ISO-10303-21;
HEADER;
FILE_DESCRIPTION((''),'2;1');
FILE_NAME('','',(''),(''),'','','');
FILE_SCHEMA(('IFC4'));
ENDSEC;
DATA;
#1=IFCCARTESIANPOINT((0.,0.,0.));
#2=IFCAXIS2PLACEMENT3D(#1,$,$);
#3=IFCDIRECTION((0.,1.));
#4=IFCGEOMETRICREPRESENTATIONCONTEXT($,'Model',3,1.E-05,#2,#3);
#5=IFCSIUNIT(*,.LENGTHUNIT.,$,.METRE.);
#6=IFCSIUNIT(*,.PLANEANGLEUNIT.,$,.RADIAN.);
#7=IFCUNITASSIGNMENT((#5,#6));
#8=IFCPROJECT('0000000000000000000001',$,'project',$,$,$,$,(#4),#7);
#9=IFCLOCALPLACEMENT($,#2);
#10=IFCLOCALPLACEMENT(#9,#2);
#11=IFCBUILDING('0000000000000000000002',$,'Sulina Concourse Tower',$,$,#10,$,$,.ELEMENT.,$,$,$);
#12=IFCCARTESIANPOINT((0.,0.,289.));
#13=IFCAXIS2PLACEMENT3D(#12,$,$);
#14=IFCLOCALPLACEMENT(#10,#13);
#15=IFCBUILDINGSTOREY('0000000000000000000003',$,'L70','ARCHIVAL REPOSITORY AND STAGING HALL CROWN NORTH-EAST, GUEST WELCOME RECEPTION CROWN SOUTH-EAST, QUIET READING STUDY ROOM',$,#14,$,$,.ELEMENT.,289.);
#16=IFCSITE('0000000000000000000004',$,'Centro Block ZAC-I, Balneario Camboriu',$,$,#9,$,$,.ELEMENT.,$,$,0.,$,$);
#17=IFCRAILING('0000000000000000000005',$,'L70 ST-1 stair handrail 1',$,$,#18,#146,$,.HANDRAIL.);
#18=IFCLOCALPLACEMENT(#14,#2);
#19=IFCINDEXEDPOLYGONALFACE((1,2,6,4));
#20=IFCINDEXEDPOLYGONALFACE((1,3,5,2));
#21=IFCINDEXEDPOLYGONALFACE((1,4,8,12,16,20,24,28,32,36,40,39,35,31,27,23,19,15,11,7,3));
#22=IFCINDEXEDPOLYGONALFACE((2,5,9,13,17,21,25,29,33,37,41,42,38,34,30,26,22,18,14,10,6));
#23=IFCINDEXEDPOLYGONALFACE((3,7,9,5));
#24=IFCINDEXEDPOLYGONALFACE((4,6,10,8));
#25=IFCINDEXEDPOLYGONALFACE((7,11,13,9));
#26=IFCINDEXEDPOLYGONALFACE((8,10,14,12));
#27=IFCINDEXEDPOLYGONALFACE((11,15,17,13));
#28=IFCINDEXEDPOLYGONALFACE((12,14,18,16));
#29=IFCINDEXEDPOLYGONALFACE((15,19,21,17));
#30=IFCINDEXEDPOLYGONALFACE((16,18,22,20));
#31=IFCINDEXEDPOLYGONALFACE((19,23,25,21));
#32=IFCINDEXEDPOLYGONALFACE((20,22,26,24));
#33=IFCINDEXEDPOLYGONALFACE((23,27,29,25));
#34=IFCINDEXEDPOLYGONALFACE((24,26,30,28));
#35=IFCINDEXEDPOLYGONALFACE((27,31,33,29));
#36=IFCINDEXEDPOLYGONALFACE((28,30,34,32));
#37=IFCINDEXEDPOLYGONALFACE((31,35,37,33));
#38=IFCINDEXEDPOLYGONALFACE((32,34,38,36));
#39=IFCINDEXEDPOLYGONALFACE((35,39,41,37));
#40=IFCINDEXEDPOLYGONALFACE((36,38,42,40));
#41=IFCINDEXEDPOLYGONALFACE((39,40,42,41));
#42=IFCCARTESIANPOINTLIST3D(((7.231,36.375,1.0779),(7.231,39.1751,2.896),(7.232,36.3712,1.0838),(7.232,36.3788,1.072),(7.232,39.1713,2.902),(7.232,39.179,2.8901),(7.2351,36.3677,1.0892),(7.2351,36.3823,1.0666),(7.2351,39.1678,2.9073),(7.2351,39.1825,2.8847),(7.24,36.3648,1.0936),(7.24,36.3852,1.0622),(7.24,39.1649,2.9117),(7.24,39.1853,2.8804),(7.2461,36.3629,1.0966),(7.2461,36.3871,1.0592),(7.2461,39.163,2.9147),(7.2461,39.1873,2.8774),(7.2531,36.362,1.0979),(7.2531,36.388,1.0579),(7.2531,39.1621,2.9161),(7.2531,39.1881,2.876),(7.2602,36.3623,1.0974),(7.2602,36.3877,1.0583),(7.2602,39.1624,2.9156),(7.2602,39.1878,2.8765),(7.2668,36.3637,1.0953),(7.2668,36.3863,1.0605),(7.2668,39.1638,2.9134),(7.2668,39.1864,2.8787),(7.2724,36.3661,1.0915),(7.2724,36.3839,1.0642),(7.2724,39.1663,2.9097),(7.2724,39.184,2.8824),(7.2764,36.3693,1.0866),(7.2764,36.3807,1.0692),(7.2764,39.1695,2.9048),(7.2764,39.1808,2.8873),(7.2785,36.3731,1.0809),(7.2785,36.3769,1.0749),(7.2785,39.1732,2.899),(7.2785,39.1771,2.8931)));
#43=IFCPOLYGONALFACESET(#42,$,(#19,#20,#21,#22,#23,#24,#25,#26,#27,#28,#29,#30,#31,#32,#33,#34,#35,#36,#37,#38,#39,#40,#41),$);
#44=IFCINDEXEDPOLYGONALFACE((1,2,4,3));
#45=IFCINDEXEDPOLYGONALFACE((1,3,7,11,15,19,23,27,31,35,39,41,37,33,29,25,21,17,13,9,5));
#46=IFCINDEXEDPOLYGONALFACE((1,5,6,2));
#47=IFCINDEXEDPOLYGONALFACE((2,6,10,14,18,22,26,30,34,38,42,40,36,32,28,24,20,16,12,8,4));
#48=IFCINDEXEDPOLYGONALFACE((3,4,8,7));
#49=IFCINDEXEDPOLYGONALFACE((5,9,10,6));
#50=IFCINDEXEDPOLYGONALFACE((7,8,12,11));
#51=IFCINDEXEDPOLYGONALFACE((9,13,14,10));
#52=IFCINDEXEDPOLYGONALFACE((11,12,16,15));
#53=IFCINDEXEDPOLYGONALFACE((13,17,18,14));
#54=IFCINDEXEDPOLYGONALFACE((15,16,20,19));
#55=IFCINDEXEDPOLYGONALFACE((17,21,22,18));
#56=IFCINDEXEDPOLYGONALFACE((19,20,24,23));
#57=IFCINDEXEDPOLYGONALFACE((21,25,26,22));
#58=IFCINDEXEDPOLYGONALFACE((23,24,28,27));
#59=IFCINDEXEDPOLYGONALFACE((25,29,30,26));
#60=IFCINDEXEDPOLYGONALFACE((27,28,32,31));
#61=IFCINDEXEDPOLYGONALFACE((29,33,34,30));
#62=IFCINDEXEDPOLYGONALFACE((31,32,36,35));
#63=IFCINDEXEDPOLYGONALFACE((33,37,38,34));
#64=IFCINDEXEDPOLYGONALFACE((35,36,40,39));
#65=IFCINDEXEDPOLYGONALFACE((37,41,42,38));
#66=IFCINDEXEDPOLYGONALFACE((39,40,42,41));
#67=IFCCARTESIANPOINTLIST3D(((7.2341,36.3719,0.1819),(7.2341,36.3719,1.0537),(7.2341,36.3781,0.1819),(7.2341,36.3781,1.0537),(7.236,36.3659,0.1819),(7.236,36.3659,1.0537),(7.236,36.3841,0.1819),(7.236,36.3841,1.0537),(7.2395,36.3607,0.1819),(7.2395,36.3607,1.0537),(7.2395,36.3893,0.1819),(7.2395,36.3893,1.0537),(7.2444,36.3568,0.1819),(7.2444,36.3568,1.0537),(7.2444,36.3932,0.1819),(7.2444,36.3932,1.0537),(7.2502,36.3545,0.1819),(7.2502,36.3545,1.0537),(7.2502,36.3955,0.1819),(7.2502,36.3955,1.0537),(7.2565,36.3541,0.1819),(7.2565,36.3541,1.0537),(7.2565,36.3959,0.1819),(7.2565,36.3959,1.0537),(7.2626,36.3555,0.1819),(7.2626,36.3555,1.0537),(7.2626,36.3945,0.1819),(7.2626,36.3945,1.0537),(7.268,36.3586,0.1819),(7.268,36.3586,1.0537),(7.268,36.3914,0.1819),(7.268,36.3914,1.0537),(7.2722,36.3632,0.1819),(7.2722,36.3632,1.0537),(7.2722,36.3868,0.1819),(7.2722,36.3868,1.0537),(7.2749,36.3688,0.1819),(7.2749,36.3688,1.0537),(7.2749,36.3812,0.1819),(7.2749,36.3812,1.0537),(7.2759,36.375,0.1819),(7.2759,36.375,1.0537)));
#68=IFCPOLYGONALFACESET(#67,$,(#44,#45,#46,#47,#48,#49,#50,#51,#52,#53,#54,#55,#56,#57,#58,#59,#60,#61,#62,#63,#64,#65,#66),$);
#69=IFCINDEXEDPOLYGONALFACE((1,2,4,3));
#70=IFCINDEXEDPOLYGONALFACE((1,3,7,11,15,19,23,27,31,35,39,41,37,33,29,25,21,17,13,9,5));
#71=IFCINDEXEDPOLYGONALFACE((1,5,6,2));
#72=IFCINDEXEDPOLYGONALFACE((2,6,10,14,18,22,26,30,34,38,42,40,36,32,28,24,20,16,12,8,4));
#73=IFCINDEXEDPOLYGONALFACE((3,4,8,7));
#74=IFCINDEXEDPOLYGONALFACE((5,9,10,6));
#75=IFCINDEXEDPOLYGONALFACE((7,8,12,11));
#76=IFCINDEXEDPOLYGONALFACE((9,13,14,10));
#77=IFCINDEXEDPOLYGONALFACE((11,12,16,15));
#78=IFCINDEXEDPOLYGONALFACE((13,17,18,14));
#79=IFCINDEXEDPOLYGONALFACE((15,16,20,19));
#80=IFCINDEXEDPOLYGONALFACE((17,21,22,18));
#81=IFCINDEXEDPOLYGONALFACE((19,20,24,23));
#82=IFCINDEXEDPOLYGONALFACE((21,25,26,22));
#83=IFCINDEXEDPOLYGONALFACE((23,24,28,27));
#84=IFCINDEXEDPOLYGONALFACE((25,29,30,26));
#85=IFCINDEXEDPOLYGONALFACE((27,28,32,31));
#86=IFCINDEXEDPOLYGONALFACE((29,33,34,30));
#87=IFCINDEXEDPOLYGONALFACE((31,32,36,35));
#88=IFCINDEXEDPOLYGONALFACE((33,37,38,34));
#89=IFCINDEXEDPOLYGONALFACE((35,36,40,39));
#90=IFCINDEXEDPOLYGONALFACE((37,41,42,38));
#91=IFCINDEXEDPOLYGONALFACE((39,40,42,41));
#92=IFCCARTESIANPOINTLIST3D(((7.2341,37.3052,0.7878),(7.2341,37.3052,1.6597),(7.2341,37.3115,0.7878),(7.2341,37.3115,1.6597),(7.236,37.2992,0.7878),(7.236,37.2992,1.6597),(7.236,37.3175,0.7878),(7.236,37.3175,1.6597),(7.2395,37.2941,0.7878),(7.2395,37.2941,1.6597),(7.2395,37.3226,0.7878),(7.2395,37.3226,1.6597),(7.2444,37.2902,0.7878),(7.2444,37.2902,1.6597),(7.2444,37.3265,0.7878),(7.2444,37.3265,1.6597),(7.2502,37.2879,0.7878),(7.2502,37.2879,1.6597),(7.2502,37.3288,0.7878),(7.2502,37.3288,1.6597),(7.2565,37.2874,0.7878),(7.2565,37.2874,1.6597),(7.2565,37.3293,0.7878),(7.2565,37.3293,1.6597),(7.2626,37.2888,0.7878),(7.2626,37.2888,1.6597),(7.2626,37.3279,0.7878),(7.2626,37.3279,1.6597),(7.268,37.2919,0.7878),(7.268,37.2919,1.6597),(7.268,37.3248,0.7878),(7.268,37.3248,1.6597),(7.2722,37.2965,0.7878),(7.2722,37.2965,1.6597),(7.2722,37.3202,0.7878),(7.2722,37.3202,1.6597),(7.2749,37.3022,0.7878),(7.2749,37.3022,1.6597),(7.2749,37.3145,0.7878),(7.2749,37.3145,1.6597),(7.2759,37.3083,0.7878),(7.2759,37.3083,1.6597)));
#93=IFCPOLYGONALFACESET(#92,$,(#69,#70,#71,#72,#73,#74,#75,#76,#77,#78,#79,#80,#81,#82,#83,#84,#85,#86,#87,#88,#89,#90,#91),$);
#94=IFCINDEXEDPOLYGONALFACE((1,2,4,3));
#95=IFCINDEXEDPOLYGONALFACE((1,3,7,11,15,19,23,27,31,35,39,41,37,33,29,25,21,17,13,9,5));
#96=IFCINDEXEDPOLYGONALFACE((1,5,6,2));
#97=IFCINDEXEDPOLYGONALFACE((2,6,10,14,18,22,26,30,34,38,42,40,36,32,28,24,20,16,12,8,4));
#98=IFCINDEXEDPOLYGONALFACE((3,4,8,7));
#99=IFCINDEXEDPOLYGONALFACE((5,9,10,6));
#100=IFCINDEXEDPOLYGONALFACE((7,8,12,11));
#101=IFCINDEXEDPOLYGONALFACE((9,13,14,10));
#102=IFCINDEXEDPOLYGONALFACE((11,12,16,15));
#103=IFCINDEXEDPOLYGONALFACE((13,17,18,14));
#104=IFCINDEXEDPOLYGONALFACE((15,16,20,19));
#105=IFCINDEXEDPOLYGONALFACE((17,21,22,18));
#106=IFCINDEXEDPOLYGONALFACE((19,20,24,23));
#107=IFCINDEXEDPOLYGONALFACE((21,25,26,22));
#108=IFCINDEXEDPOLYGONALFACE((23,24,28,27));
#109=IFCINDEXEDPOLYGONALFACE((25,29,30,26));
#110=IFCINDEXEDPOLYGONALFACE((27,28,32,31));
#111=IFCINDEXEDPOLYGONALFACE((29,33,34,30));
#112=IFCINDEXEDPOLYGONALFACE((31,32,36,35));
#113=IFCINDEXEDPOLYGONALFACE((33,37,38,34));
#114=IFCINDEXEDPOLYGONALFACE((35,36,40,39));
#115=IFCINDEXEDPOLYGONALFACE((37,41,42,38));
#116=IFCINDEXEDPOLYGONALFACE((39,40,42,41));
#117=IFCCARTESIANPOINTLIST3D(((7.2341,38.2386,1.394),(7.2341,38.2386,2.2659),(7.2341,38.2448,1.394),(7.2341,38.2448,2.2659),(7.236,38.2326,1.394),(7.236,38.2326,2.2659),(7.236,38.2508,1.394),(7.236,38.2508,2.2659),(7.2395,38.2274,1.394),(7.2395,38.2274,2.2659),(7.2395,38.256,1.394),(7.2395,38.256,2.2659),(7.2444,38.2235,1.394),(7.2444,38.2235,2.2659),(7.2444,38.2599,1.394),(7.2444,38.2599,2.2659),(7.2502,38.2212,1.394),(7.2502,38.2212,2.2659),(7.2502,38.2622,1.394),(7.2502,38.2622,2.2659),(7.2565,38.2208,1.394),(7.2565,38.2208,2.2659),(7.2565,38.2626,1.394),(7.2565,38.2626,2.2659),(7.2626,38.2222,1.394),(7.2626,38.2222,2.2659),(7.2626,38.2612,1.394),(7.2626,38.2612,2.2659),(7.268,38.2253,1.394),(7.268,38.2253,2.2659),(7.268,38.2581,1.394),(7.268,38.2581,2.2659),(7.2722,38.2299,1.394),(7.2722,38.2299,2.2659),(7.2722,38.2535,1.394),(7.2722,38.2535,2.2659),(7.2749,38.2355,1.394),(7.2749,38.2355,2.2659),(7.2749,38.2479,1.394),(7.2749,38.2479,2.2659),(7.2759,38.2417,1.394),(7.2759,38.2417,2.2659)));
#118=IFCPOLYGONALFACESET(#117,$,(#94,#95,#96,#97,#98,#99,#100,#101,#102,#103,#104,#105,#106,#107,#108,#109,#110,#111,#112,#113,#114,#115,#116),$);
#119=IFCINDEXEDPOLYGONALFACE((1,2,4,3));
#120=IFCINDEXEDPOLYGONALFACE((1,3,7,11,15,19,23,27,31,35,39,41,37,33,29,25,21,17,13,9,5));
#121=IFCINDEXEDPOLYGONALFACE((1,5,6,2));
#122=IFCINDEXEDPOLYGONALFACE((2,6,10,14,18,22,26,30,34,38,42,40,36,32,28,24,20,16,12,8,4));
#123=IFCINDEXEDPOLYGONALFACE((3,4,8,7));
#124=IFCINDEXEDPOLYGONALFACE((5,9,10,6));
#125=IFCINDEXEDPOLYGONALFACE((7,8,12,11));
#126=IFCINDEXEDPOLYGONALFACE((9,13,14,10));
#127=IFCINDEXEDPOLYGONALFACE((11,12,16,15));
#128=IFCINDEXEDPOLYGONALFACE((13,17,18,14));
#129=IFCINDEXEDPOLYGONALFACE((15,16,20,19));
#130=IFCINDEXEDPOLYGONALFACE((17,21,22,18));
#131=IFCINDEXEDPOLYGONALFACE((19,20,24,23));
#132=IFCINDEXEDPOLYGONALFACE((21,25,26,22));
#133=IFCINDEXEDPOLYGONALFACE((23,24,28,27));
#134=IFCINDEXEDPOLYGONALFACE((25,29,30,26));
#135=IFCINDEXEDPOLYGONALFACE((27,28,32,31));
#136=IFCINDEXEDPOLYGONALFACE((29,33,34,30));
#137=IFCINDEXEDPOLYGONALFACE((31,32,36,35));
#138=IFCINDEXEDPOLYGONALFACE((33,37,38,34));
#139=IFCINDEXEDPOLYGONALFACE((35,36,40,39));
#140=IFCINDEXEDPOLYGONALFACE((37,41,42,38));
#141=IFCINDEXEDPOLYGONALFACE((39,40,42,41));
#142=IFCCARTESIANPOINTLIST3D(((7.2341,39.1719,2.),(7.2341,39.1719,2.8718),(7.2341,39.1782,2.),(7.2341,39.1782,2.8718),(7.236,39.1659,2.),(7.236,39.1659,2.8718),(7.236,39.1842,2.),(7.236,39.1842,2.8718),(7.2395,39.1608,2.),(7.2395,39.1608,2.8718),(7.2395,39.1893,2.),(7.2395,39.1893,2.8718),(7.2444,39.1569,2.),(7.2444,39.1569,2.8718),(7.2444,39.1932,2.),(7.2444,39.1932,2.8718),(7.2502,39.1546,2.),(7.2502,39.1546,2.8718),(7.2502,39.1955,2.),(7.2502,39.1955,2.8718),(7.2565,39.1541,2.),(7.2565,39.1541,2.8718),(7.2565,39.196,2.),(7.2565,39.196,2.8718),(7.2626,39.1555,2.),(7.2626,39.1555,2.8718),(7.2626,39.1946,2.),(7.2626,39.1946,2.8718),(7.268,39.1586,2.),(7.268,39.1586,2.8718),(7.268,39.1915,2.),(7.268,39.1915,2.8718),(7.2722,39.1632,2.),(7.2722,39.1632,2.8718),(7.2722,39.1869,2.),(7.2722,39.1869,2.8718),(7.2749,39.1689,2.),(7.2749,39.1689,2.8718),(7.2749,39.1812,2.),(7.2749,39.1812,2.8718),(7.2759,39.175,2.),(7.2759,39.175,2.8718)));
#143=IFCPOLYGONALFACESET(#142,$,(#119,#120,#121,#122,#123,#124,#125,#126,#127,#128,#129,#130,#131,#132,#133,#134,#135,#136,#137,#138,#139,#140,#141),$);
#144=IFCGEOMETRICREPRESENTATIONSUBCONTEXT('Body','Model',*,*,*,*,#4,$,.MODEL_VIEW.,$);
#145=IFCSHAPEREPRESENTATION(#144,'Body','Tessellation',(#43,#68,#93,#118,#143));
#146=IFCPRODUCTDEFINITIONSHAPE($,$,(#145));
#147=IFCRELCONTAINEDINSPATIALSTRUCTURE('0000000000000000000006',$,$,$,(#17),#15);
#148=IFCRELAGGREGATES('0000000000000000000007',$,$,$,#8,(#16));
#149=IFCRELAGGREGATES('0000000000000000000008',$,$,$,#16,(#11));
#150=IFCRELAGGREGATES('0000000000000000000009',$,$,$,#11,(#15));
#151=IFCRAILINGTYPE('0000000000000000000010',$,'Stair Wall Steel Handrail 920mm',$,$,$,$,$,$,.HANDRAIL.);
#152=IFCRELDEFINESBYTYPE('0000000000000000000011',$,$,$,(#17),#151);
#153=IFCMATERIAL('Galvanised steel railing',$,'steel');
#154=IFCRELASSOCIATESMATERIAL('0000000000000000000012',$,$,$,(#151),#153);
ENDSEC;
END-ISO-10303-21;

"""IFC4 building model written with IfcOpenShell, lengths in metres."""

from ifc_helpers import new_model, si_unit, direction, frame, origin, origin_2d, place, context, subcontext, project, spatial, circle, extrude, material, type_object, element, save


model = new_model("IFC4")

# Units and contexts
model_context = context("Model", 3, precision=1e-05, world=origin(), true_north=direction((0.0, 1.0)))
body_context = subcontext(model_context, "Body", "Model", "MODEL_VIEW")
ifc_project = project(units=[si_unit("LENGTHUNIT", "METRE"), si_unit("PLANEANGLEUNIT", "RADIAN")], contexts=[model_context])

# Site, building, storey
site_placement = place(None, origin())
site = spatial("IfcSite", under=ifc_project, at=site_placement, Name="Centro Block ZAC-I, Balneario Camboriu", CompositionType="ELEMENT", RefElevation=0.0)
building_placement = place(site_placement, origin())
building = spatial("IfcBuilding", under=site, at=building_placement, Name="Sulina Concourse Tower", CompositionType="ELEMENT")
storey_placement = place(building_placement, frame((0.0, 0.0, 289.0)))
storey = spatial("IfcBuildingStorey", under=building, at=storey_placement, Name="L70", Description="ARCHIVAL REPOSITORY AND STAGING HALL CROWN NORTH-EAST, GUEST WELCOME RECEPTION CROWN SOUTH-EAST, QUIET READING STUDY ROOM", CompositionType="ELEMENT", Elevation=289.0)

# Railing
ifc_material_1 = material(Name="Galvanised steel railing", Category="steel")
railing_type_1 = type_object("IfcRailingType", Name="Stair Wall Steel Handrail 920mm", PredefinedType="HANDRAIL", material=ifc_material_1)
railing_1_placement = place(storey_placement, frame((7.2549, 36.375, 0.1819)))
element("IfcRailing", 1, at=railing_1_placement, inside=storey, type_object=railing_type_1, Name="L70 ST-1 stair handrail 1", PredefinedType="HANDRAIL", context=body_context, shape_type="SweptSolid", body=[
    extrude(circle(Radius=0.0239, at=origin_2d()), frame((0.0, 0.0, 0.896), z_axis=(0.0, 0.838706, 0.544585), x_axis=(-1.0, 0.0, 0.0)), (0.0, 0.0, 1.0), 3.3386),
    extrude(circle(Radius=0.021, at=origin_2d()), origin(), (0.0, 0.0, 1.0), 0.8718),
    extrude(circle(Radius=0.021, at=origin_2d()), frame((0.0, 0.9333, 0.606)), (0.0, 0.0, 1.0), 0.8718),
    extrude(circle(Radius=0.021, at=origin_2d()), frame((0.0, 1.8667, 1.2122)), (0.0, 0.0, 1.0), 0.8718),
    extrude(circle(Radius=0.021, at=origin_2d()), frame((0.0, 2.8, 1.8181)), (0.0, 0.0, 1.0), 0.8718),
])

save(model, "model.ifc")
